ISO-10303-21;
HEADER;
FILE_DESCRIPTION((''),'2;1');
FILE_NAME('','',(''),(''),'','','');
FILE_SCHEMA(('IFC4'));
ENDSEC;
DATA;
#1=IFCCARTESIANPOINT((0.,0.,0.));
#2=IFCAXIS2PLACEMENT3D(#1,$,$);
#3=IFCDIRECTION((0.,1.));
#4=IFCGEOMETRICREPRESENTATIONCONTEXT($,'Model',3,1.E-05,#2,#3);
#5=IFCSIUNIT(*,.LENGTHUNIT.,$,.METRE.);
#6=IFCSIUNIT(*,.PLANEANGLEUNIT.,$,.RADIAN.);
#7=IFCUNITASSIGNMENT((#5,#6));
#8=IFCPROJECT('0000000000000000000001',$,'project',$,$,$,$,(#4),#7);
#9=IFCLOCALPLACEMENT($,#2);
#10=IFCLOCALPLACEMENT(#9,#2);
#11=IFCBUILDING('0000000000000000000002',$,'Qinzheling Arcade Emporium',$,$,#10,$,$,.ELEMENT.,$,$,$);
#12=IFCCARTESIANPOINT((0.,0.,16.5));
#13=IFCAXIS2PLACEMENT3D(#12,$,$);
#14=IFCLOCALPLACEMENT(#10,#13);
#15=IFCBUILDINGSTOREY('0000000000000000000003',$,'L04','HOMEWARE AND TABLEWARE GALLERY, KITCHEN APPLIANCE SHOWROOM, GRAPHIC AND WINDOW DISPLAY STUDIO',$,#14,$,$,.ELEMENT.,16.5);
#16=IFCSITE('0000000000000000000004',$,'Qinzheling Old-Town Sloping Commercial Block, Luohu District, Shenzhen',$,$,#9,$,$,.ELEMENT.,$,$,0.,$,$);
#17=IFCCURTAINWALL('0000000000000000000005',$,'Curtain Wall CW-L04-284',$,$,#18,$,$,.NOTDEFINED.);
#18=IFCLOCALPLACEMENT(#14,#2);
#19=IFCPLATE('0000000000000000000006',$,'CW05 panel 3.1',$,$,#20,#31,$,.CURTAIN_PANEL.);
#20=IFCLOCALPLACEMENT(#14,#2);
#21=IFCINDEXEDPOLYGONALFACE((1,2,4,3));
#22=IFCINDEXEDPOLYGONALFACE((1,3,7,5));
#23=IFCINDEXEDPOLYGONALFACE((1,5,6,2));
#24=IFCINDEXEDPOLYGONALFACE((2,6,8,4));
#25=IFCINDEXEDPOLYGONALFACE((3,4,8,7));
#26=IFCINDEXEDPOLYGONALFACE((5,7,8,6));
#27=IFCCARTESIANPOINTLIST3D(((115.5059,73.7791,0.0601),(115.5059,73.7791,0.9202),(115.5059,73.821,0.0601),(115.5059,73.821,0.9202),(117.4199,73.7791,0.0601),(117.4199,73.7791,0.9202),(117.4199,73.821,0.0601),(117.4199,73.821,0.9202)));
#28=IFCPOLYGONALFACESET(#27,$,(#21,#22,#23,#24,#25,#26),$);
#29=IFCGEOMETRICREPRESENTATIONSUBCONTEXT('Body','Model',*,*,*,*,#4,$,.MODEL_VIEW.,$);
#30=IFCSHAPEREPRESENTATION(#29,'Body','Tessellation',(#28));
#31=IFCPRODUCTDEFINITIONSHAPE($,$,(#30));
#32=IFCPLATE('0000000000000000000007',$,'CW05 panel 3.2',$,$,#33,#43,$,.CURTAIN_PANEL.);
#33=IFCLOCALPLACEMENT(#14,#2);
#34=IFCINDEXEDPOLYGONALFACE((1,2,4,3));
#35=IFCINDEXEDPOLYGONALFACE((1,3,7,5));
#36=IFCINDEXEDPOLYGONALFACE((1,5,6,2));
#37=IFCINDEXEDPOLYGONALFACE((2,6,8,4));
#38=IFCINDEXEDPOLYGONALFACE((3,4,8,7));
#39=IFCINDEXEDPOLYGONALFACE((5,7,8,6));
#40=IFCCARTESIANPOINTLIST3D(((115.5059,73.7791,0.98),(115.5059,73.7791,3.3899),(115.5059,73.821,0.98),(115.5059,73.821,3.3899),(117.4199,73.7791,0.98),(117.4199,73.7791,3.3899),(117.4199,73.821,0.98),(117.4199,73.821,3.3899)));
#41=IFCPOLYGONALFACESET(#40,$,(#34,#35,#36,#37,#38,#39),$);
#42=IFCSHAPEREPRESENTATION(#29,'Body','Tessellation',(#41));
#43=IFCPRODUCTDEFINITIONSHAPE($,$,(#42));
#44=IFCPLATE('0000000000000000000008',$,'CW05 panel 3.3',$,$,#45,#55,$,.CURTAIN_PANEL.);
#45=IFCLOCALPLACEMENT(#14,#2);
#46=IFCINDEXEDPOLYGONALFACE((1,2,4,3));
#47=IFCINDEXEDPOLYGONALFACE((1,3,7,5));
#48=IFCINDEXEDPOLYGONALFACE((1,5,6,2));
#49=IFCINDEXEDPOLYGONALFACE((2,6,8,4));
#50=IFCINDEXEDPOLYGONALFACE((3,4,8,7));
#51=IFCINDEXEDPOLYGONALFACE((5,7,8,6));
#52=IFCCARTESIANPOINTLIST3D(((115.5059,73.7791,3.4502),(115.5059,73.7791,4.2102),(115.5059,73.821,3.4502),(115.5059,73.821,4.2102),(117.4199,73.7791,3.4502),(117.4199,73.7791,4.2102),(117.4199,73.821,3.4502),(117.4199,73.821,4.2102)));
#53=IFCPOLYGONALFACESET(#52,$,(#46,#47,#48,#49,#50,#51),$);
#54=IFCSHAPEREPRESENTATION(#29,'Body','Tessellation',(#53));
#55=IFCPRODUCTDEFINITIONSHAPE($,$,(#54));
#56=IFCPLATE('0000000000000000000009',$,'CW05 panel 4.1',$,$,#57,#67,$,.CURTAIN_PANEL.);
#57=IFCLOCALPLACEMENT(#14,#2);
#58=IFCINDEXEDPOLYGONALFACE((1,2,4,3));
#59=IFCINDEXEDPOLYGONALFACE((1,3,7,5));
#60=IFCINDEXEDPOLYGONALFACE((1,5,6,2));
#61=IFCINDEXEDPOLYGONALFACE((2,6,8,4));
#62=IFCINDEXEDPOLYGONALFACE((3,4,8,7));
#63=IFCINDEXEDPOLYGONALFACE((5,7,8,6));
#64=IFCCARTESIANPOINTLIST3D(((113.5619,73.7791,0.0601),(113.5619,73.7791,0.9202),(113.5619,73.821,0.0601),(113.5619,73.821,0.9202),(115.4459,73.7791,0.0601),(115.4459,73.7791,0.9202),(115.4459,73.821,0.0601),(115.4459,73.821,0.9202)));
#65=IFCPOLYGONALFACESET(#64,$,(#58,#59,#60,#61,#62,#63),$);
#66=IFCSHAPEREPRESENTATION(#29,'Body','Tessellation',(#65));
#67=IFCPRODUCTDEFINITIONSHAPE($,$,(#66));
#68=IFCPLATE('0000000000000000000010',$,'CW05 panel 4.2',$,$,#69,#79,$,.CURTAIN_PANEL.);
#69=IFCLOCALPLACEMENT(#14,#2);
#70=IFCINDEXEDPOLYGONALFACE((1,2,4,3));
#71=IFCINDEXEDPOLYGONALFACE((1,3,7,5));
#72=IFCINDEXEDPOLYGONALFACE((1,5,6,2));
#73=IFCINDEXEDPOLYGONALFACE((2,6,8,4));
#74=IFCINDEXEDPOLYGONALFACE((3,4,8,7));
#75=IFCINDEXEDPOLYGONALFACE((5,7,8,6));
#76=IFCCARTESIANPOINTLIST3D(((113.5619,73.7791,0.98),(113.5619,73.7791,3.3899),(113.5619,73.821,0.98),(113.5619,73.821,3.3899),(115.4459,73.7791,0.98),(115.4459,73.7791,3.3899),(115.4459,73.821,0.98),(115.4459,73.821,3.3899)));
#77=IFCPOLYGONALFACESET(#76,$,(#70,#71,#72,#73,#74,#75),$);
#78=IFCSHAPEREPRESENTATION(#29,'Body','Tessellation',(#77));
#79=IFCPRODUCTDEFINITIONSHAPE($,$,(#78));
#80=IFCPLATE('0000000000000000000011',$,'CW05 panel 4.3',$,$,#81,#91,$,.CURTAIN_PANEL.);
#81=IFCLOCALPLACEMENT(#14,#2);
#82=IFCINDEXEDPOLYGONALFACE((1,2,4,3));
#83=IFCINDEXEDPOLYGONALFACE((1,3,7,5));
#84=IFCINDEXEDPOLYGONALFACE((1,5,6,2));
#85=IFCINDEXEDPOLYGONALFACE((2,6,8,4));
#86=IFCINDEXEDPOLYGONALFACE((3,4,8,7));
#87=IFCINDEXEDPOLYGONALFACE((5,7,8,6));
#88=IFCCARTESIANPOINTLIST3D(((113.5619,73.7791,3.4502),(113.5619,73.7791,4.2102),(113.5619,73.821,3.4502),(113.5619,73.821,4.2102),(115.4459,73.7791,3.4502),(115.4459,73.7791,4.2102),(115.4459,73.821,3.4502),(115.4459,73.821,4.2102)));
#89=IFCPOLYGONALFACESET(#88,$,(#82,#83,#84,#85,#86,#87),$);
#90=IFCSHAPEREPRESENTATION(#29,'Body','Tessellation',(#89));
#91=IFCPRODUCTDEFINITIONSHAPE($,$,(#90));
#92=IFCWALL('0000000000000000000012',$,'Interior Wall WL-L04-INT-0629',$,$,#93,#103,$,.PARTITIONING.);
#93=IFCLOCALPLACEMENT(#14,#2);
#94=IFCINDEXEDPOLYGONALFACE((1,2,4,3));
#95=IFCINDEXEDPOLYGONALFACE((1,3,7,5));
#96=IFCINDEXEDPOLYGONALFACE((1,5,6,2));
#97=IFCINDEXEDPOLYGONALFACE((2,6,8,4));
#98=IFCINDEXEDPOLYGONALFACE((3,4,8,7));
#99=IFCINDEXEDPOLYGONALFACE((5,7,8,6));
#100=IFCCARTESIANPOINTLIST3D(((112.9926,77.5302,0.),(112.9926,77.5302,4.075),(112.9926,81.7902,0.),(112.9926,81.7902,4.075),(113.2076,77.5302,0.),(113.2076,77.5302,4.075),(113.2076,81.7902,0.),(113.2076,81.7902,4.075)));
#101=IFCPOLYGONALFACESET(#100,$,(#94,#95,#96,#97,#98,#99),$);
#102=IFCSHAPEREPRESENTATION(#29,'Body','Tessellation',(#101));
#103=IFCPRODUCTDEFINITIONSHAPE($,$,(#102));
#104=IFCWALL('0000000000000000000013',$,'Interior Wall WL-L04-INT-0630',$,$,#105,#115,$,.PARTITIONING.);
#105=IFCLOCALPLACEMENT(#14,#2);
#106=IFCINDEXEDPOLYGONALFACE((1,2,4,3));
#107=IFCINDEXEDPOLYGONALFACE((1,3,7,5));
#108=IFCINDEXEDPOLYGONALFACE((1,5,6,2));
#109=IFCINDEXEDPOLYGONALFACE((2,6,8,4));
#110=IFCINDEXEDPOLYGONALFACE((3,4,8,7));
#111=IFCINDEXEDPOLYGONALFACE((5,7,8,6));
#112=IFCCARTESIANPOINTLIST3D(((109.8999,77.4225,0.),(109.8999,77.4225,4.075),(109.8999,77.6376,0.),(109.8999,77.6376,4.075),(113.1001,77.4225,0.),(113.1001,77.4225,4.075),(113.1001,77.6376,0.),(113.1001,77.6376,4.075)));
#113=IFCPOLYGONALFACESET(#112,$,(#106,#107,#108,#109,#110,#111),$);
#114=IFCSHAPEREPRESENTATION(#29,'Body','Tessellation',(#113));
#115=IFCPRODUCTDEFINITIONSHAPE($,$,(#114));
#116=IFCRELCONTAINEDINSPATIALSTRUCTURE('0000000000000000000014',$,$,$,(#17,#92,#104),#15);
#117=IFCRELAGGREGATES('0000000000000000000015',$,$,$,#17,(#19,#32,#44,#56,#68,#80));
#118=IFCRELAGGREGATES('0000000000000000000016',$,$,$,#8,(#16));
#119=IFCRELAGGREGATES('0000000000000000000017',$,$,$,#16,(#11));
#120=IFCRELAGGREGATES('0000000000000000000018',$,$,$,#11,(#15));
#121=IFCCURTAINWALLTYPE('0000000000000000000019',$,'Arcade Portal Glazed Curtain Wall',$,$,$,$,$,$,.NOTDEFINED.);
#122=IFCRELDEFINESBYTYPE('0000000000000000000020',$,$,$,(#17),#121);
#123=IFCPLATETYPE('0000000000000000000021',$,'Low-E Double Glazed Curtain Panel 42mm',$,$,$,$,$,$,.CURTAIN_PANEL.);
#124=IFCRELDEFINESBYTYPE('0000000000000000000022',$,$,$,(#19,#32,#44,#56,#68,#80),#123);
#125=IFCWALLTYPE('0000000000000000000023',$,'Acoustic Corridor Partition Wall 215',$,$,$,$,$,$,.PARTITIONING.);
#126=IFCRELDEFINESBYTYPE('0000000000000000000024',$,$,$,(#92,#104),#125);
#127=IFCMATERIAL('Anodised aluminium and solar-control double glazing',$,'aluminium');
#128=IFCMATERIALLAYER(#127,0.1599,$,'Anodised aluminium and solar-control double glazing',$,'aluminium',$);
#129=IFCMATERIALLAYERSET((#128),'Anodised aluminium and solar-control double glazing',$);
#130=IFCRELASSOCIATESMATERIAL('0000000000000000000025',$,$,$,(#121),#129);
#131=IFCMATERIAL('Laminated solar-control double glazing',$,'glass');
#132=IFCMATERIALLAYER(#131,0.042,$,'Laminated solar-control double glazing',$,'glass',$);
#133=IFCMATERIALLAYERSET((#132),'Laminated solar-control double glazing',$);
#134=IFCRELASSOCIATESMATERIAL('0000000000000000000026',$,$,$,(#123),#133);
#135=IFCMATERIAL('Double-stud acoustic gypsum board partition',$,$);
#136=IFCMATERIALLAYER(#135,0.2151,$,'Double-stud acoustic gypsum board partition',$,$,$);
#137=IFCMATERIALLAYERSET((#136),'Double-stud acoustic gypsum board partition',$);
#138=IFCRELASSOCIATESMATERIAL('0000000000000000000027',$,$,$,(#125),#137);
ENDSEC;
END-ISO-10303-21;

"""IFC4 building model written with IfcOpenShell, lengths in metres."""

from ifc_helpers import new_model, si_unit, direction, frame, frame_2d, origin, origin_2d, place, context, subcontext, project, spatial, rectangle, extrude, material, layer, layer_set, type_object, element, aggregate, save


model = new_model("IFC4")

# Units and contexts
model_context = context("Model", 3, precision=1e-05, world=origin(), true_north=direction((0.0, 1.0)))
body_context = subcontext(model_context, "Body", "Model", "MODEL_VIEW")
ifc_project = project(units=[si_unit("LENGTHUNIT", "METRE"), si_unit("PLANEANGLEUNIT", "RADIAN")], contexts=[model_context])

# Site, building, storey
site_placement = place(None, origin())
site = spatial("IfcSite", under=ifc_project, at=site_placement, Name="Qinzheling Old-Town Sloping Commercial Block, Luohu District, Shenzhen", CompositionType="ELEMENT", RefElevation=0.0)
building_placement = place(site_placement, origin())
building = spatial("IfcBuilding", under=site, at=building_placement, Name="Qinzheling Arcade Emporium", CompositionType="ELEMENT")
storey_placement = place(building_placement, frame((0.0, 0.0, 16.5)))
storey = spatial("IfcBuildingStorey", under=building, at=storey_placement, Name="L04", Description="HOMEWARE AND TABLEWARE GALLERY, KITCHEN APPLIANCE SHOWROOM, GRAPHIC AND WINDOW DISPLAY STUDIO", CompositionType="ELEMENT", Elevation=16.5)

# Curtain wall
ifc_material_1 = material(Name="Anodised aluminium and solar-control double glazing", Category="aluminium")
ifc_layer_1 = layer(ifc_material_1, 0.1599, Name="Anodised aluminium and solar-control double glazing", Category="aluminium")
ifc_layer_set_1 = layer_set([ifc_layer_1], Name="Anodised aluminium and solar-control double glazing")
curtain_wall_type = type_object("IfcCurtainWallType", Name="Arcade Portal Glazed Curtain Wall", PredefinedType="NOTDEFINED", material=ifc_layer_set_1)
curtain_wall_placement = place(storey_placement, origin())
curtain_wall = element("IfcCurtainWall", 1, at=curtain_wall_placement, inside=storey, type_object=curtain_wall_type, Name="Curtain Wall CW-L04-284", PredefinedType="NOTDEFINED")

# Plates
ifc_material_2 = material(Name="Laminated solar-control double glazing", Category="glass")
ifc_layer_2 = layer(ifc_material_2, 0.042, Name="Laminated solar-control double glazing", Category="glass")
ifc_layer_set_2 = layer_set([ifc_layer_2], Name="Laminated solar-control double glazing")
plate_type = type_object("IfcPlateType", Name="Low-E Double Glazed Curtain Panel 42mm", PredefinedType="CURTAIN_PANEL", material=ifc_layer_set_2)
plate_1_placement = place(storey_placement, frame((116.4629, 73.8, 0.0601), z_axis=(0.0, 0.0, 1.0), x_axis=(-1.0, 0.0, 0.0)))
plate_1 = element("IfcPlate", 2, at=plate_1_placement, type_object=plate_type, Name="CW05 panel 3.1", PredefinedType="CURTAIN_PANEL", context=body_context, shape_type="SweptSolid", body=[
    extrude(rectangle(XDim=1.9141, YDim=0.042, at=origin_2d()), origin(), (0.0, 0.0, 1.0), 0.8601),
])
plate_2_placement = place(storey_placement, frame((116.4629, 73.8, 0.98), z_axis=(0.0, 0.0, 1.0), x_axis=(-1.0, 0.0, 0.0)))
plate_2 = element("IfcPlate", 3, at=plate_2_placement, type_object=plate_type, Name="CW05 panel 3.2", PredefinedType="CURTAIN_PANEL", context=body_context, shape_type="SweptSolid", body=[
    extrude(rectangle(XDim=1.9141, YDim=0.042, at=origin_2d()), origin(), (0.0, 0.0, 1.0), 2.4099),
])
plate_3_placement = place(storey_placement, frame((116.4629, 73.8, 3.4502), z_axis=(0.0, 0.0, 1.0), x_axis=(-1.0, 0.0, 0.0)))
plate_3 = element("IfcPlate", 4, at=plate_3_placement, type_object=plate_type, Name="CW05 panel 3.3", PredefinedType="CURTAIN_PANEL", context=body_context, shape_type="SweptSolid", body=[
    extrude(rectangle(XDim=1.9141, YDim=0.042, at=origin_2d()), origin(), (0.0, 0.0, 1.0), 0.76),
])
plate_4_placement = place(storey_placement, frame((114.5039, 73.8, 0.0601), z_axis=(0.0, 0.0, 1.0), x_axis=(-1.0, 0.0, 0.0)))
plate_4 = element("IfcPlate", 5, at=plate_4_placement, type_object=plate_type, Name="CW05 panel 4.1", PredefinedType="CURTAIN_PANEL", context=body_context, shape_type="SweptSolid", body=[
    extrude(rectangle(XDim=1.884, YDim=0.042, at=origin_2d()), origin(), (0.0, 0.0, 1.0), 0.8601),
])
plate_5_placement = place(storey_placement, frame((114.5039, 73.8, 0.98), z_axis=(0.0, 0.0, 1.0), x_axis=(-1.0, 0.0, 0.0)))
plate_5 = element("IfcPlate", 6, at=plate_5_placement, type_object=plate_type, Name="CW05 panel 4.2", PredefinedType="CURTAIN_PANEL", context=body_context, shape_type="SweptSolid", body=[
    extrude(rectangle(XDim=1.884, YDim=0.042, at=origin_2d()), origin(), (0.0, 0.0, 1.0), 2.4099),
])
plate_6_placement = place(storey_placement, frame((114.5039, 73.8, 3.4502), z_axis=(0.0, 0.0, 1.0), x_axis=(-1.0, 0.0, 0.0)))
plate_6 = element("IfcPlate", 7, at=plate_6_placement, type_object=plate_type, Name="CW05 panel 4.3", PredefinedType="CURTAIN_PANEL", context=body_context, shape_type="SweptSolid", body=[
    extrude(rectangle(XDim=1.884, YDim=0.042, at=origin_2d()), origin(), (0.0, 0.0, 1.0), 0.76),
])
aggregate(curtain_wall, [plate_1, plate_2, plate_3, plate_4, plate_5, plate_6])

# Walls
ifc_material_3 = material(Name="Double-stud acoustic gypsum board partition")
ifc_layer_3 = layer(ifc_material_3, 0.2151, Name="Double-stud acoustic gypsum board partition")
ifc_layer_set_3 = layer_set([ifc_layer_3], Name="Double-stud acoustic gypsum board partition")
wall_type = type_object("IfcWallType", Name="Acoustic Corridor Partition Wall 215", PredefinedType="PARTITIONING", material=ifc_layer_set_3)
wall_1_placement = place(storey_placement, frame((113.1001, 81.79, 0.0), z_axis=(0.0, 0.0, 1.0), x_axis=(0.0, -1.0, 0.0)))
element("IfcWall", 8, at=wall_1_placement, inside=storey, type_object=wall_type, Name="Interior Wall WL-L04-INT-0629", PredefinedType="PARTITIONING", context=body_context, shape_type="SweptSolid", body=[
    extrude(rectangle(XDim=4.26, YDim=0.2151, at=frame_2d((2.1299, 0.0))), origin(), (0.0, 0.0, 1.0), 4.075),
])
wall_2_placement = place(storey_placement, frame((113.1001, 77.53, 0.0), z_axis=(0.0, 0.0, 1.0), x_axis=(-1.0, 0.0, 0.0)))
element("IfcWall", 9, at=wall_2_placement, inside=storey, type_object=wall_type, Name="Interior Wall WL-L04-INT-0630", PredefinedType="PARTITIONING", context=body_context, shape_type="SweptSolid", body=[
    extrude(rectangle(XDim=3.2002, YDim=0.2151, at=frame_2d((1.6001, 0.0))), origin(), (0.0, 0.0, 1.0), 4.075),
])

save(model, "model.ifc")
